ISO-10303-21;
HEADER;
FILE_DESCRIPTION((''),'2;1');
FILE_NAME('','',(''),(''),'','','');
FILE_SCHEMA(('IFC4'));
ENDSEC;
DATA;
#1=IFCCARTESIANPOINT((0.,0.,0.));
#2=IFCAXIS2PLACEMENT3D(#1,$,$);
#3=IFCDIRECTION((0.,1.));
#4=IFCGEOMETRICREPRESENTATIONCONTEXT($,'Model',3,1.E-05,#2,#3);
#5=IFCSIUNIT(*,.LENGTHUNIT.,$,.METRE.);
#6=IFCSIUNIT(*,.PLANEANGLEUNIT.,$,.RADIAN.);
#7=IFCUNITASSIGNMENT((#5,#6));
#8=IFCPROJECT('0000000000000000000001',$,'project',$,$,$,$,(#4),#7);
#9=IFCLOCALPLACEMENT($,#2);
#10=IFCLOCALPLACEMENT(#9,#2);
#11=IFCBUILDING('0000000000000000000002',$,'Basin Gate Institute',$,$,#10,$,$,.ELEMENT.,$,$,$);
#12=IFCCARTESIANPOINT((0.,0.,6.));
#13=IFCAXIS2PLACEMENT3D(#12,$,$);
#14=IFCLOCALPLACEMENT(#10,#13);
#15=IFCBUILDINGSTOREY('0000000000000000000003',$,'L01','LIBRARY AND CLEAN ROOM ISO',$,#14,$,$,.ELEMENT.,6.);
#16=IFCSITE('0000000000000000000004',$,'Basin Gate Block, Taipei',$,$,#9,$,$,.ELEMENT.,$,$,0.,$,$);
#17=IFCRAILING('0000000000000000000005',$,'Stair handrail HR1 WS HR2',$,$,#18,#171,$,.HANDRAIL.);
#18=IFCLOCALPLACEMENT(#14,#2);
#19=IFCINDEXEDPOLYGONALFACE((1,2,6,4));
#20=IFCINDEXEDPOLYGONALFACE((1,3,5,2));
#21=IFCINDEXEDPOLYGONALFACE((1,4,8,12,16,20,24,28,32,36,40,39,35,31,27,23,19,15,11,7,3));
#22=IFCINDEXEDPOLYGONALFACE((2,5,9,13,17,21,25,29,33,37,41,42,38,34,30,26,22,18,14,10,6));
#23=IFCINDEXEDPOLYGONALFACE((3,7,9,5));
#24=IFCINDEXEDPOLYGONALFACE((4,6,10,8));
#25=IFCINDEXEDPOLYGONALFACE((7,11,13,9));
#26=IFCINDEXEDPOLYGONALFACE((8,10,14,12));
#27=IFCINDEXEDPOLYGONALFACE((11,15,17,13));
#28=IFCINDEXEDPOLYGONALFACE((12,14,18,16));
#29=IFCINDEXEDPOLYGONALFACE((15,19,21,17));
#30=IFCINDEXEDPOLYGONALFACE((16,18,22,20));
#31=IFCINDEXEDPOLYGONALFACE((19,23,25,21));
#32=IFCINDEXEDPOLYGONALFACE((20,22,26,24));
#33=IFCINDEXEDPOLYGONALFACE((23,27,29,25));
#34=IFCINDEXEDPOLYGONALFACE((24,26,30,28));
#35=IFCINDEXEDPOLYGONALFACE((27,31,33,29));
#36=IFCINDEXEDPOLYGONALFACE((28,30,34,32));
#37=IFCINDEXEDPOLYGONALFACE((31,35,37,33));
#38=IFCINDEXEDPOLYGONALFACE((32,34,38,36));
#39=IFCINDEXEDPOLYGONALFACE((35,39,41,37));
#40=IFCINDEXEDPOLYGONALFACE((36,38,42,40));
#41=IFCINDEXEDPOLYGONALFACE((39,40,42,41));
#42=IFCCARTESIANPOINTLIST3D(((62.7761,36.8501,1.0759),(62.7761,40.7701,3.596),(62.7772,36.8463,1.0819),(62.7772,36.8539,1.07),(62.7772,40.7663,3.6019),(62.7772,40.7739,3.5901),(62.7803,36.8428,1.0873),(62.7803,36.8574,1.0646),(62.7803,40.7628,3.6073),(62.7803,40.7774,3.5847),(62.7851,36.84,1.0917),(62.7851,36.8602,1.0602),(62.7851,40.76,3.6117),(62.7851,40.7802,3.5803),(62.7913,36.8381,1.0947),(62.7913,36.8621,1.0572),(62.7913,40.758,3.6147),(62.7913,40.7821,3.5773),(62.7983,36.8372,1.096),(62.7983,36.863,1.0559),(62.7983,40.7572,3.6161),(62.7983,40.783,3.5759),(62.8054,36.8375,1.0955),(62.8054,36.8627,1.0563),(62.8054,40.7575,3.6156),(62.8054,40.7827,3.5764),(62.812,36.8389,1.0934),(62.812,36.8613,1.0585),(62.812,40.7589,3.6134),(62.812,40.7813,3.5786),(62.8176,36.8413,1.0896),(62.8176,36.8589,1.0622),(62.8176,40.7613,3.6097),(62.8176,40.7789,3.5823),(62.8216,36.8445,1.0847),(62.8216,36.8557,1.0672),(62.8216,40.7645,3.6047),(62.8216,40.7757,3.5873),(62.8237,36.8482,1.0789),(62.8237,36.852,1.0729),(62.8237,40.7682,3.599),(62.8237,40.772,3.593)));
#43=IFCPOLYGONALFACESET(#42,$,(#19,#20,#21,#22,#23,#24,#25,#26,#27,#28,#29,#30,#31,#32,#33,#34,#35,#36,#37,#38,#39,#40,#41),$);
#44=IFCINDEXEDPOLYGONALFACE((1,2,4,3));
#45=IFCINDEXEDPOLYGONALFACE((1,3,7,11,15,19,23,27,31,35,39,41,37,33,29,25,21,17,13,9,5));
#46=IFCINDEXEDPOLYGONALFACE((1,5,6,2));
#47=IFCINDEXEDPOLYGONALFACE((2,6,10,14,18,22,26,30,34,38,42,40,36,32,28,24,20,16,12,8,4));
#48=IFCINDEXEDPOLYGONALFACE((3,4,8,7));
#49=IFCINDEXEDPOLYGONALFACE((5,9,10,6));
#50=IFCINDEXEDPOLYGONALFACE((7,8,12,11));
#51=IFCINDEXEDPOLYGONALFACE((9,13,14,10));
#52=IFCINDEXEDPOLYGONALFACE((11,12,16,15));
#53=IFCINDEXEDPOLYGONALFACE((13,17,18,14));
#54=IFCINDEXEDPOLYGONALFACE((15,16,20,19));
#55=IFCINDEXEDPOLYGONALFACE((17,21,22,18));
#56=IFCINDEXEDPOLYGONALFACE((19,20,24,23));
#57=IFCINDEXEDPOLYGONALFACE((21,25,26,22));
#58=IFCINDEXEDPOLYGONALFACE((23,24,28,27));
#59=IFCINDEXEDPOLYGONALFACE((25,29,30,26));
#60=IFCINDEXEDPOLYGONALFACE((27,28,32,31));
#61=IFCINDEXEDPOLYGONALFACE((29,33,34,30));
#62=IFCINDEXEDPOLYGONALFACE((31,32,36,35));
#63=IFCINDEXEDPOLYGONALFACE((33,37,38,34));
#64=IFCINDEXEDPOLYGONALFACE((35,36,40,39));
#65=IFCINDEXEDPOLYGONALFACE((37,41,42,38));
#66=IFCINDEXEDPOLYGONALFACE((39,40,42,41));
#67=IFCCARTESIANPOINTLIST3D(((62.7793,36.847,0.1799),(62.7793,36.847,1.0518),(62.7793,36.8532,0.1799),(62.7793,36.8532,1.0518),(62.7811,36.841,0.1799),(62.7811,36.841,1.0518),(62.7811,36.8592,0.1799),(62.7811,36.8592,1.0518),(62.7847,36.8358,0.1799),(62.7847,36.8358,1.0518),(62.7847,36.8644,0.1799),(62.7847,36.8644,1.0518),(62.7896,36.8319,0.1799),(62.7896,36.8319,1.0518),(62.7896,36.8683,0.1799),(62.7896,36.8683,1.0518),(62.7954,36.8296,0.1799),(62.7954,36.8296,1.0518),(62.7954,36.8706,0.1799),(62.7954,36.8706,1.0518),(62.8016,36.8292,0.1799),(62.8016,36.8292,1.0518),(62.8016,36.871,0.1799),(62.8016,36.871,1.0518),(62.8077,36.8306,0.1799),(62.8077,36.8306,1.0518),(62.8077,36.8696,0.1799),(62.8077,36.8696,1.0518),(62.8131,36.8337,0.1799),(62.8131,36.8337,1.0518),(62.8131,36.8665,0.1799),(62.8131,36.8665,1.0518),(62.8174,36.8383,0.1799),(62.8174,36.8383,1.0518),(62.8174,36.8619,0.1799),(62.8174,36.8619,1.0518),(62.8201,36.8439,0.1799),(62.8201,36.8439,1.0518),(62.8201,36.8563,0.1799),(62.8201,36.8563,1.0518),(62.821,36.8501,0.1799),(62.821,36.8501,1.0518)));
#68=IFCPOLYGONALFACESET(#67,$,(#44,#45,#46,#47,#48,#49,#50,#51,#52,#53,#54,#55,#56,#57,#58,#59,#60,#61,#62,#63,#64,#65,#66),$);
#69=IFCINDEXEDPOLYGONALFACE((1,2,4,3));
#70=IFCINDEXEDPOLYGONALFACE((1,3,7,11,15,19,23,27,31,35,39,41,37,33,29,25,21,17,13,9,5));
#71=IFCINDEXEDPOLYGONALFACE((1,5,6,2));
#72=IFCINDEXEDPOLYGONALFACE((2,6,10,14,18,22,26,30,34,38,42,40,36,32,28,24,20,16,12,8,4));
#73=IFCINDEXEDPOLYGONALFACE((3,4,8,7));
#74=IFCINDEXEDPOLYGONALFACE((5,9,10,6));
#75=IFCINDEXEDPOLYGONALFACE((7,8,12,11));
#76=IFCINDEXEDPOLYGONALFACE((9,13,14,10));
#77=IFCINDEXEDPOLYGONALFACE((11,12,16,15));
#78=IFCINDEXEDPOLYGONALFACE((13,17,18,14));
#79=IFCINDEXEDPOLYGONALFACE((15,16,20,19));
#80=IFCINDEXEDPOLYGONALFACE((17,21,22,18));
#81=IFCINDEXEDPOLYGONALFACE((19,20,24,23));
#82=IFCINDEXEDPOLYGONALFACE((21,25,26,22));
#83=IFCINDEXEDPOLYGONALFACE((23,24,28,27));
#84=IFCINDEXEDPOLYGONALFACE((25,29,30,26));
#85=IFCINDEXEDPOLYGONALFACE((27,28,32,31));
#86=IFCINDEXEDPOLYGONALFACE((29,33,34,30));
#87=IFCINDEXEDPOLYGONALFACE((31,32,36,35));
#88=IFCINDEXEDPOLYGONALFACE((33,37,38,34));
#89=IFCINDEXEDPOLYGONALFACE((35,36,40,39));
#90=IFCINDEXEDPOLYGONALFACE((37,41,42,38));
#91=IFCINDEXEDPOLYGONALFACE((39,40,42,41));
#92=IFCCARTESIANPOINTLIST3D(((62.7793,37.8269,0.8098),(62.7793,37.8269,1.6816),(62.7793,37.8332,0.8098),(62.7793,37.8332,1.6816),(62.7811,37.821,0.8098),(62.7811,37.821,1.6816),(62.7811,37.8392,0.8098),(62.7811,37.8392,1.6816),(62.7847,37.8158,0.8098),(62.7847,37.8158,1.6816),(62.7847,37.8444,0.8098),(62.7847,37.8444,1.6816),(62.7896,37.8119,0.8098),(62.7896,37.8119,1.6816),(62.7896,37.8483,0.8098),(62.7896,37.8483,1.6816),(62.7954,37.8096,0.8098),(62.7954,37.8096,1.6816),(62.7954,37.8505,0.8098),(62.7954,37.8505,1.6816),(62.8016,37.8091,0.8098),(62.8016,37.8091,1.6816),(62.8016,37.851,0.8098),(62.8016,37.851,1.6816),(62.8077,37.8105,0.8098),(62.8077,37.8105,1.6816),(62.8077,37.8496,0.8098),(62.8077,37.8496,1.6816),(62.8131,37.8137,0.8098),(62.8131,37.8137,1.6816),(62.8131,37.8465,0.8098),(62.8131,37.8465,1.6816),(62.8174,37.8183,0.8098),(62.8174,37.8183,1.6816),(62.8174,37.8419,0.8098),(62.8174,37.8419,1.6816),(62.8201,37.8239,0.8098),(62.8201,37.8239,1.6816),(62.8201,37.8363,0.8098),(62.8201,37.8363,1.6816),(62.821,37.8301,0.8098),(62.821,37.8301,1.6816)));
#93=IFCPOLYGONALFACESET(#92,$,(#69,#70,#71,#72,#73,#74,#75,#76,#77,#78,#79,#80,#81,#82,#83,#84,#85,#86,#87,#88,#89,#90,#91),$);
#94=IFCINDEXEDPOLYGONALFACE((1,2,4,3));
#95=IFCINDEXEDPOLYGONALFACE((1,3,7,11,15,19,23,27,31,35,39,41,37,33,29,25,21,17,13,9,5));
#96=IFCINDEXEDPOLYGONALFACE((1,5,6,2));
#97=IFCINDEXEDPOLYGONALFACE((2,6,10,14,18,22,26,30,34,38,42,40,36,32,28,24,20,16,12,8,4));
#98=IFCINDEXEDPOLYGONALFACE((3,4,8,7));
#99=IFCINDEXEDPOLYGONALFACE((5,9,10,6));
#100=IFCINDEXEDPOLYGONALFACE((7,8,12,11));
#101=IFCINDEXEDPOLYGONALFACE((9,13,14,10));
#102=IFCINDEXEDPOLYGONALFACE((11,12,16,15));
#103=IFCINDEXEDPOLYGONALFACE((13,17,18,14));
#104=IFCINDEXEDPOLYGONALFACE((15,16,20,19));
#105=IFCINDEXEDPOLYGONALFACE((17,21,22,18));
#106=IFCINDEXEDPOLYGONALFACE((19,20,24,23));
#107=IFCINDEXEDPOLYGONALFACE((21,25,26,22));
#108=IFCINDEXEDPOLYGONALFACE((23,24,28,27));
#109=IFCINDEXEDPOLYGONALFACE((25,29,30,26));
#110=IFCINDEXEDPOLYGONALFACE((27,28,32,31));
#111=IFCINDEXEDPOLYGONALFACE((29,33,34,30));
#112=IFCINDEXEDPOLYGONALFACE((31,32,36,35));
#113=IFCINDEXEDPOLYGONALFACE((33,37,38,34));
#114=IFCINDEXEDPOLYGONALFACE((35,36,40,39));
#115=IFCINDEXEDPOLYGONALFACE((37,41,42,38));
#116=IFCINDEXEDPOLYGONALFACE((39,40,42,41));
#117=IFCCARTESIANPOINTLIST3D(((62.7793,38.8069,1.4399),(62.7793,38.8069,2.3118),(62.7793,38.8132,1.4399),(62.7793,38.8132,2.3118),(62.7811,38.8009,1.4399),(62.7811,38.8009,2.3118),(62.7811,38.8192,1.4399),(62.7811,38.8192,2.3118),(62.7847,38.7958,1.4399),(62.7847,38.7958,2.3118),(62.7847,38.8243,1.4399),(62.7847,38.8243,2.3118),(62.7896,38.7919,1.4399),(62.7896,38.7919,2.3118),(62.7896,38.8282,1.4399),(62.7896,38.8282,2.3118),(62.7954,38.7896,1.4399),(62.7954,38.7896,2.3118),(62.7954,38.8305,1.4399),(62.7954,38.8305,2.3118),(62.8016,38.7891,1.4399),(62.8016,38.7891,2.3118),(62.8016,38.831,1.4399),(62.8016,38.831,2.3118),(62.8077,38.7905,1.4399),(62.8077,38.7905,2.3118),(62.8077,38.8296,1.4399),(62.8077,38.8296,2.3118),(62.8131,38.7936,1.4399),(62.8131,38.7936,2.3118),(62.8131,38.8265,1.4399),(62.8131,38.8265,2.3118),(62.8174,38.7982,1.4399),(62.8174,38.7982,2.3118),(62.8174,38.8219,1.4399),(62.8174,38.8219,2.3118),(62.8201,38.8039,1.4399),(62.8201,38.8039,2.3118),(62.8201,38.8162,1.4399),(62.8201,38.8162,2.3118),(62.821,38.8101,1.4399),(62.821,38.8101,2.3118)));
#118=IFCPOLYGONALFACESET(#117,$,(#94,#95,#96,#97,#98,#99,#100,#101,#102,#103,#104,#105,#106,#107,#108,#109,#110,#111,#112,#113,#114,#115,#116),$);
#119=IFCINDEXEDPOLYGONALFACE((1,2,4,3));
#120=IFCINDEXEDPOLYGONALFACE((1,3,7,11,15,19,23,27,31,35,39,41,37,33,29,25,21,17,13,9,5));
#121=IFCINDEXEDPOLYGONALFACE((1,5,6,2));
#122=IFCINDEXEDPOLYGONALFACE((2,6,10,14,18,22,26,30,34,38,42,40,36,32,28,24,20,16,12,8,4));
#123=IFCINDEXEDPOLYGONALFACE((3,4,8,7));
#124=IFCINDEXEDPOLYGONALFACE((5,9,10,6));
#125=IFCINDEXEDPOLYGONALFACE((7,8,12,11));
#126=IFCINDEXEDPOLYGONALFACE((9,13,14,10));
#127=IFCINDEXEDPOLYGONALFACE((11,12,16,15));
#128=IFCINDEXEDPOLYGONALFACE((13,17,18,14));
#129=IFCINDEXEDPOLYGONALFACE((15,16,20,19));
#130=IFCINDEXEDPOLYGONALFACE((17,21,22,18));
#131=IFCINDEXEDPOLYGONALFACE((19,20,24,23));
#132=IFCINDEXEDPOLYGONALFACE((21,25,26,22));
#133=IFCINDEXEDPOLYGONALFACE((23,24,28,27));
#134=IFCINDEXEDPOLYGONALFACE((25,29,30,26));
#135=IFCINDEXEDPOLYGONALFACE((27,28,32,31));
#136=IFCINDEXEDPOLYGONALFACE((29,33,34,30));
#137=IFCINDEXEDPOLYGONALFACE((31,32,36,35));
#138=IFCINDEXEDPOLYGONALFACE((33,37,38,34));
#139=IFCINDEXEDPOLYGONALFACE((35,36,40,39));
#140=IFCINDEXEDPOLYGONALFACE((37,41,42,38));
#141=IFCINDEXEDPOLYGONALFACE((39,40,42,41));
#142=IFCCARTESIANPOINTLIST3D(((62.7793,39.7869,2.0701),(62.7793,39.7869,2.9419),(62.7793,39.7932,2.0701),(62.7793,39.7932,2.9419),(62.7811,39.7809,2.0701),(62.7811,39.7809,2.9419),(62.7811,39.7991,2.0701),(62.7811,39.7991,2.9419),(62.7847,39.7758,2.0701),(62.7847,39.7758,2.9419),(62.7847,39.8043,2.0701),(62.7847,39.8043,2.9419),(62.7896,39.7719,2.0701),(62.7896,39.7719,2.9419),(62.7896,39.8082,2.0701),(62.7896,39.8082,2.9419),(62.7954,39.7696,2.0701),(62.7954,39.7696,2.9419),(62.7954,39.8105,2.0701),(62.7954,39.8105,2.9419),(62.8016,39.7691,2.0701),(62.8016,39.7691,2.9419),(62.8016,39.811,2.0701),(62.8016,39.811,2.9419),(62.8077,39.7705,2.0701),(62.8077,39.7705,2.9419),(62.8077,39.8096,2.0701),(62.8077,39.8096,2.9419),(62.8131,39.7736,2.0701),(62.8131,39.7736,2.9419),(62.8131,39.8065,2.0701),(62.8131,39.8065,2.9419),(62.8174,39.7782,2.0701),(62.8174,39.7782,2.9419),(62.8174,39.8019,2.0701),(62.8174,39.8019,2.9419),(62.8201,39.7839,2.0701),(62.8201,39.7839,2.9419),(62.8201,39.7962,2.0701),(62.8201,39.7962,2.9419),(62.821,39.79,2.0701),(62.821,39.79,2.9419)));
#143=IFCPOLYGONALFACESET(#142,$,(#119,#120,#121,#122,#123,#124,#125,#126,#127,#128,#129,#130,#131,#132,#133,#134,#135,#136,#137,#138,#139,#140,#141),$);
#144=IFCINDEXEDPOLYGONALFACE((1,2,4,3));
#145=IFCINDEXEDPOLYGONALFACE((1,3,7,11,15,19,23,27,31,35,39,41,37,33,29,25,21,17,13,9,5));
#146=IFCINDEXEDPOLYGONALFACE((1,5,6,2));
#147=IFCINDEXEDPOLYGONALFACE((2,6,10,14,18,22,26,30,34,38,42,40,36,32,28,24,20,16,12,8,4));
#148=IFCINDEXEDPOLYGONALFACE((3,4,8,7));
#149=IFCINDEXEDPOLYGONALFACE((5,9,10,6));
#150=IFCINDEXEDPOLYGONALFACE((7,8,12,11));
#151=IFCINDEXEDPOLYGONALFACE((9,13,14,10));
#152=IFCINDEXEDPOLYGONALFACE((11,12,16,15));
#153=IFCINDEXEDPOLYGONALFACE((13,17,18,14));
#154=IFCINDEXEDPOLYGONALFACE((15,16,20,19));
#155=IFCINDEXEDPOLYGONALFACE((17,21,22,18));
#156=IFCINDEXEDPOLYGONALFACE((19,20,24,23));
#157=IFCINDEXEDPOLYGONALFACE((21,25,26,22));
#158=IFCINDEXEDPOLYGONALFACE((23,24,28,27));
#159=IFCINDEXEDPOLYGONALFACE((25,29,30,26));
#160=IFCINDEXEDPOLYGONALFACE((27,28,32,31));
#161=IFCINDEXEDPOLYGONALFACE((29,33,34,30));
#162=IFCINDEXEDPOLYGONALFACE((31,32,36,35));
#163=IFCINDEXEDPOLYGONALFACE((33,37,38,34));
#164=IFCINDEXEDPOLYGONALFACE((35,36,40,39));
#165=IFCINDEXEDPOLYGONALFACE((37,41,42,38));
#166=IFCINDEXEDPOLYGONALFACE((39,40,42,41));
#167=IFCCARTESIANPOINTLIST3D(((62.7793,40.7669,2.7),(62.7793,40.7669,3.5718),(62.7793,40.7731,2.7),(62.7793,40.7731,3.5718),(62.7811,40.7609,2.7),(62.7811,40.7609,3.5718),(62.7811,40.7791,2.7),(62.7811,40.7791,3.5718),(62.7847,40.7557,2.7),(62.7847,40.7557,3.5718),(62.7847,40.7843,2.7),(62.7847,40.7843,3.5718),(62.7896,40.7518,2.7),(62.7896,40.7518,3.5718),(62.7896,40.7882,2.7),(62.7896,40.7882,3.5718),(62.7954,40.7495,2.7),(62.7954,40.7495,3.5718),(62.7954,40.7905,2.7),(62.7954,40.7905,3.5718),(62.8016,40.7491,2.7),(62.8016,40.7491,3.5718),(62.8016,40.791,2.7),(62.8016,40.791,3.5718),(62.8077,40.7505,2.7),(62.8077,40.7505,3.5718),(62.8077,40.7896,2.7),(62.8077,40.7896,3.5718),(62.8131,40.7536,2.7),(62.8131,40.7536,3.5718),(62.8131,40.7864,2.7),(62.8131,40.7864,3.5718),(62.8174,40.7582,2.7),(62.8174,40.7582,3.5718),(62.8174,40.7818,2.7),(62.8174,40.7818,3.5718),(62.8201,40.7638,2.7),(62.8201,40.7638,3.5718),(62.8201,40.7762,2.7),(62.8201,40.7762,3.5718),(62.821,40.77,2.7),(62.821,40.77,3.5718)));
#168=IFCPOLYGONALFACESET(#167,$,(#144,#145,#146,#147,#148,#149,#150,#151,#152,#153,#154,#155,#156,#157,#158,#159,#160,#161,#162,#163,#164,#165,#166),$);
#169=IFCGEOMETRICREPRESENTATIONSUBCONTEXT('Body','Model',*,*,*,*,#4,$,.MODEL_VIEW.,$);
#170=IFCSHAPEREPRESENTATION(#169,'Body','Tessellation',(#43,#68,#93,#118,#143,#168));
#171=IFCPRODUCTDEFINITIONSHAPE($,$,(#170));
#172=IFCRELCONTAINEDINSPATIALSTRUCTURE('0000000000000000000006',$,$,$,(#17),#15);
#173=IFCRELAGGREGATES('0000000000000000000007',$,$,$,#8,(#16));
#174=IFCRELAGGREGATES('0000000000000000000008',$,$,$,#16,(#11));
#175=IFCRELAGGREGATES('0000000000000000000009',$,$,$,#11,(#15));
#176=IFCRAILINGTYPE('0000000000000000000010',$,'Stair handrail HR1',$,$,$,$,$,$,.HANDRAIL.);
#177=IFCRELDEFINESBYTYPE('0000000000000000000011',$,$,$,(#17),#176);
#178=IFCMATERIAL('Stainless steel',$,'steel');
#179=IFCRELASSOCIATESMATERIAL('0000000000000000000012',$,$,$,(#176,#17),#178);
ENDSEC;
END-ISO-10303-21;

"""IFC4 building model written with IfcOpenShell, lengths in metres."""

from ifc_helpers import new_model, si_unit, direction, frame, origin, origin_2d, place, context, subcontext, project, spatial, circle, extrude, material, type_object, element, save


model = new_model("IFC4")

# Units and contexts
model_context = context("Model", 3, precision=1e-05, world=origin(), true_north=direction((0.0, 1.0)))
body_context = subcontext(model_context, "Body", "Model", "MODEL_VIEW")
ifc_project = project(units=[si_unit("LENGTHUNIT", "METRE"), si_unit("PLANEANGLEUNIT", "RADIAN")], contexts=[model_context])

# Site, building, storey
site_placement = place(None, origin())
site = spatial("IfcSite", under=ifc_project, at=site_placement, Name="Basin Gate Block, Taipei", CompositionType="ELEMENT", RefElevation=0.0)
building_placement = place(site_placement, origin())
building = spatial("IfcBuilding", under=site, at=building_placement, Name="Basin Gate Institute", CompositionType="ELEMENT")
storey_placement = place(building_placement, frame((0.0, 0.0, 6.0)))
storey = spatial("IfcBuildingStorey", under=building, at=storey_placement, Name="L01", Description="LIBRARY AND CLEAN ROOM ISO", CompositionType="ELEMENT", Elevation=6.0)

# Railing
ifc_material_1 = material(Name="Stainless steel", Category="steel")
railing_type_1 = type_object("IfcRailingType", Name="Stair handrail HR1", PredefinedType="HANDRAIL", material=ifc_material_1)
for number, where, name in (
    (1, (62.8, 36.8501, 0.1799), "Stair handrail HR1 WS HR2"),
):
    element("IfcRailing", number, at=place(storey_placement, frame(where)), inside=storey, type_object=railing_type_1, material=ifc_material_1, Name=name, PredefinedType="HANDRAIL", context=body_context, shape_type="SweptSolid", body=[
        extrude(circle(Radius=0.0239, at=origin_2d()), frame((0.0, 0.0, 0.896), z_axis=(0.0, 0.841172, 0.540768), x_axis=(-1.0, 0.0, 0.0)), (0.0, 0.0, 1.0), 4.6602),
        extrude(circle(Radius=0.021, at=origin_2d()), origin(), (0.0, 0.0, 1.0), 0.8718),
        extrude(circle(Radius=0.021, at=origin_2d()), frame((0.0, 0.98, 0.6299)), (0.0, 0.0, 1.0), 0.8718),
        extrude(circle(Radius=0.021, at=origin_2d()), frame((0.0, 1.96, 1.26)), (0.0, 0.0, 1.0), 0.8718),
        extrude(circle(Radius=0.021, at=origin_2d()), frame((0.0, 2.9399, 1.8901)), (0.0, 0.0, 1.0), 0.8718),
        extrude(circle(Radius=0.021, at=origin_2d()), frame((0.0, 3.9199, 2.52)), (0.0, 0.0, 1.0), 0.8718),
    ])

save(model, "model.ifc")
